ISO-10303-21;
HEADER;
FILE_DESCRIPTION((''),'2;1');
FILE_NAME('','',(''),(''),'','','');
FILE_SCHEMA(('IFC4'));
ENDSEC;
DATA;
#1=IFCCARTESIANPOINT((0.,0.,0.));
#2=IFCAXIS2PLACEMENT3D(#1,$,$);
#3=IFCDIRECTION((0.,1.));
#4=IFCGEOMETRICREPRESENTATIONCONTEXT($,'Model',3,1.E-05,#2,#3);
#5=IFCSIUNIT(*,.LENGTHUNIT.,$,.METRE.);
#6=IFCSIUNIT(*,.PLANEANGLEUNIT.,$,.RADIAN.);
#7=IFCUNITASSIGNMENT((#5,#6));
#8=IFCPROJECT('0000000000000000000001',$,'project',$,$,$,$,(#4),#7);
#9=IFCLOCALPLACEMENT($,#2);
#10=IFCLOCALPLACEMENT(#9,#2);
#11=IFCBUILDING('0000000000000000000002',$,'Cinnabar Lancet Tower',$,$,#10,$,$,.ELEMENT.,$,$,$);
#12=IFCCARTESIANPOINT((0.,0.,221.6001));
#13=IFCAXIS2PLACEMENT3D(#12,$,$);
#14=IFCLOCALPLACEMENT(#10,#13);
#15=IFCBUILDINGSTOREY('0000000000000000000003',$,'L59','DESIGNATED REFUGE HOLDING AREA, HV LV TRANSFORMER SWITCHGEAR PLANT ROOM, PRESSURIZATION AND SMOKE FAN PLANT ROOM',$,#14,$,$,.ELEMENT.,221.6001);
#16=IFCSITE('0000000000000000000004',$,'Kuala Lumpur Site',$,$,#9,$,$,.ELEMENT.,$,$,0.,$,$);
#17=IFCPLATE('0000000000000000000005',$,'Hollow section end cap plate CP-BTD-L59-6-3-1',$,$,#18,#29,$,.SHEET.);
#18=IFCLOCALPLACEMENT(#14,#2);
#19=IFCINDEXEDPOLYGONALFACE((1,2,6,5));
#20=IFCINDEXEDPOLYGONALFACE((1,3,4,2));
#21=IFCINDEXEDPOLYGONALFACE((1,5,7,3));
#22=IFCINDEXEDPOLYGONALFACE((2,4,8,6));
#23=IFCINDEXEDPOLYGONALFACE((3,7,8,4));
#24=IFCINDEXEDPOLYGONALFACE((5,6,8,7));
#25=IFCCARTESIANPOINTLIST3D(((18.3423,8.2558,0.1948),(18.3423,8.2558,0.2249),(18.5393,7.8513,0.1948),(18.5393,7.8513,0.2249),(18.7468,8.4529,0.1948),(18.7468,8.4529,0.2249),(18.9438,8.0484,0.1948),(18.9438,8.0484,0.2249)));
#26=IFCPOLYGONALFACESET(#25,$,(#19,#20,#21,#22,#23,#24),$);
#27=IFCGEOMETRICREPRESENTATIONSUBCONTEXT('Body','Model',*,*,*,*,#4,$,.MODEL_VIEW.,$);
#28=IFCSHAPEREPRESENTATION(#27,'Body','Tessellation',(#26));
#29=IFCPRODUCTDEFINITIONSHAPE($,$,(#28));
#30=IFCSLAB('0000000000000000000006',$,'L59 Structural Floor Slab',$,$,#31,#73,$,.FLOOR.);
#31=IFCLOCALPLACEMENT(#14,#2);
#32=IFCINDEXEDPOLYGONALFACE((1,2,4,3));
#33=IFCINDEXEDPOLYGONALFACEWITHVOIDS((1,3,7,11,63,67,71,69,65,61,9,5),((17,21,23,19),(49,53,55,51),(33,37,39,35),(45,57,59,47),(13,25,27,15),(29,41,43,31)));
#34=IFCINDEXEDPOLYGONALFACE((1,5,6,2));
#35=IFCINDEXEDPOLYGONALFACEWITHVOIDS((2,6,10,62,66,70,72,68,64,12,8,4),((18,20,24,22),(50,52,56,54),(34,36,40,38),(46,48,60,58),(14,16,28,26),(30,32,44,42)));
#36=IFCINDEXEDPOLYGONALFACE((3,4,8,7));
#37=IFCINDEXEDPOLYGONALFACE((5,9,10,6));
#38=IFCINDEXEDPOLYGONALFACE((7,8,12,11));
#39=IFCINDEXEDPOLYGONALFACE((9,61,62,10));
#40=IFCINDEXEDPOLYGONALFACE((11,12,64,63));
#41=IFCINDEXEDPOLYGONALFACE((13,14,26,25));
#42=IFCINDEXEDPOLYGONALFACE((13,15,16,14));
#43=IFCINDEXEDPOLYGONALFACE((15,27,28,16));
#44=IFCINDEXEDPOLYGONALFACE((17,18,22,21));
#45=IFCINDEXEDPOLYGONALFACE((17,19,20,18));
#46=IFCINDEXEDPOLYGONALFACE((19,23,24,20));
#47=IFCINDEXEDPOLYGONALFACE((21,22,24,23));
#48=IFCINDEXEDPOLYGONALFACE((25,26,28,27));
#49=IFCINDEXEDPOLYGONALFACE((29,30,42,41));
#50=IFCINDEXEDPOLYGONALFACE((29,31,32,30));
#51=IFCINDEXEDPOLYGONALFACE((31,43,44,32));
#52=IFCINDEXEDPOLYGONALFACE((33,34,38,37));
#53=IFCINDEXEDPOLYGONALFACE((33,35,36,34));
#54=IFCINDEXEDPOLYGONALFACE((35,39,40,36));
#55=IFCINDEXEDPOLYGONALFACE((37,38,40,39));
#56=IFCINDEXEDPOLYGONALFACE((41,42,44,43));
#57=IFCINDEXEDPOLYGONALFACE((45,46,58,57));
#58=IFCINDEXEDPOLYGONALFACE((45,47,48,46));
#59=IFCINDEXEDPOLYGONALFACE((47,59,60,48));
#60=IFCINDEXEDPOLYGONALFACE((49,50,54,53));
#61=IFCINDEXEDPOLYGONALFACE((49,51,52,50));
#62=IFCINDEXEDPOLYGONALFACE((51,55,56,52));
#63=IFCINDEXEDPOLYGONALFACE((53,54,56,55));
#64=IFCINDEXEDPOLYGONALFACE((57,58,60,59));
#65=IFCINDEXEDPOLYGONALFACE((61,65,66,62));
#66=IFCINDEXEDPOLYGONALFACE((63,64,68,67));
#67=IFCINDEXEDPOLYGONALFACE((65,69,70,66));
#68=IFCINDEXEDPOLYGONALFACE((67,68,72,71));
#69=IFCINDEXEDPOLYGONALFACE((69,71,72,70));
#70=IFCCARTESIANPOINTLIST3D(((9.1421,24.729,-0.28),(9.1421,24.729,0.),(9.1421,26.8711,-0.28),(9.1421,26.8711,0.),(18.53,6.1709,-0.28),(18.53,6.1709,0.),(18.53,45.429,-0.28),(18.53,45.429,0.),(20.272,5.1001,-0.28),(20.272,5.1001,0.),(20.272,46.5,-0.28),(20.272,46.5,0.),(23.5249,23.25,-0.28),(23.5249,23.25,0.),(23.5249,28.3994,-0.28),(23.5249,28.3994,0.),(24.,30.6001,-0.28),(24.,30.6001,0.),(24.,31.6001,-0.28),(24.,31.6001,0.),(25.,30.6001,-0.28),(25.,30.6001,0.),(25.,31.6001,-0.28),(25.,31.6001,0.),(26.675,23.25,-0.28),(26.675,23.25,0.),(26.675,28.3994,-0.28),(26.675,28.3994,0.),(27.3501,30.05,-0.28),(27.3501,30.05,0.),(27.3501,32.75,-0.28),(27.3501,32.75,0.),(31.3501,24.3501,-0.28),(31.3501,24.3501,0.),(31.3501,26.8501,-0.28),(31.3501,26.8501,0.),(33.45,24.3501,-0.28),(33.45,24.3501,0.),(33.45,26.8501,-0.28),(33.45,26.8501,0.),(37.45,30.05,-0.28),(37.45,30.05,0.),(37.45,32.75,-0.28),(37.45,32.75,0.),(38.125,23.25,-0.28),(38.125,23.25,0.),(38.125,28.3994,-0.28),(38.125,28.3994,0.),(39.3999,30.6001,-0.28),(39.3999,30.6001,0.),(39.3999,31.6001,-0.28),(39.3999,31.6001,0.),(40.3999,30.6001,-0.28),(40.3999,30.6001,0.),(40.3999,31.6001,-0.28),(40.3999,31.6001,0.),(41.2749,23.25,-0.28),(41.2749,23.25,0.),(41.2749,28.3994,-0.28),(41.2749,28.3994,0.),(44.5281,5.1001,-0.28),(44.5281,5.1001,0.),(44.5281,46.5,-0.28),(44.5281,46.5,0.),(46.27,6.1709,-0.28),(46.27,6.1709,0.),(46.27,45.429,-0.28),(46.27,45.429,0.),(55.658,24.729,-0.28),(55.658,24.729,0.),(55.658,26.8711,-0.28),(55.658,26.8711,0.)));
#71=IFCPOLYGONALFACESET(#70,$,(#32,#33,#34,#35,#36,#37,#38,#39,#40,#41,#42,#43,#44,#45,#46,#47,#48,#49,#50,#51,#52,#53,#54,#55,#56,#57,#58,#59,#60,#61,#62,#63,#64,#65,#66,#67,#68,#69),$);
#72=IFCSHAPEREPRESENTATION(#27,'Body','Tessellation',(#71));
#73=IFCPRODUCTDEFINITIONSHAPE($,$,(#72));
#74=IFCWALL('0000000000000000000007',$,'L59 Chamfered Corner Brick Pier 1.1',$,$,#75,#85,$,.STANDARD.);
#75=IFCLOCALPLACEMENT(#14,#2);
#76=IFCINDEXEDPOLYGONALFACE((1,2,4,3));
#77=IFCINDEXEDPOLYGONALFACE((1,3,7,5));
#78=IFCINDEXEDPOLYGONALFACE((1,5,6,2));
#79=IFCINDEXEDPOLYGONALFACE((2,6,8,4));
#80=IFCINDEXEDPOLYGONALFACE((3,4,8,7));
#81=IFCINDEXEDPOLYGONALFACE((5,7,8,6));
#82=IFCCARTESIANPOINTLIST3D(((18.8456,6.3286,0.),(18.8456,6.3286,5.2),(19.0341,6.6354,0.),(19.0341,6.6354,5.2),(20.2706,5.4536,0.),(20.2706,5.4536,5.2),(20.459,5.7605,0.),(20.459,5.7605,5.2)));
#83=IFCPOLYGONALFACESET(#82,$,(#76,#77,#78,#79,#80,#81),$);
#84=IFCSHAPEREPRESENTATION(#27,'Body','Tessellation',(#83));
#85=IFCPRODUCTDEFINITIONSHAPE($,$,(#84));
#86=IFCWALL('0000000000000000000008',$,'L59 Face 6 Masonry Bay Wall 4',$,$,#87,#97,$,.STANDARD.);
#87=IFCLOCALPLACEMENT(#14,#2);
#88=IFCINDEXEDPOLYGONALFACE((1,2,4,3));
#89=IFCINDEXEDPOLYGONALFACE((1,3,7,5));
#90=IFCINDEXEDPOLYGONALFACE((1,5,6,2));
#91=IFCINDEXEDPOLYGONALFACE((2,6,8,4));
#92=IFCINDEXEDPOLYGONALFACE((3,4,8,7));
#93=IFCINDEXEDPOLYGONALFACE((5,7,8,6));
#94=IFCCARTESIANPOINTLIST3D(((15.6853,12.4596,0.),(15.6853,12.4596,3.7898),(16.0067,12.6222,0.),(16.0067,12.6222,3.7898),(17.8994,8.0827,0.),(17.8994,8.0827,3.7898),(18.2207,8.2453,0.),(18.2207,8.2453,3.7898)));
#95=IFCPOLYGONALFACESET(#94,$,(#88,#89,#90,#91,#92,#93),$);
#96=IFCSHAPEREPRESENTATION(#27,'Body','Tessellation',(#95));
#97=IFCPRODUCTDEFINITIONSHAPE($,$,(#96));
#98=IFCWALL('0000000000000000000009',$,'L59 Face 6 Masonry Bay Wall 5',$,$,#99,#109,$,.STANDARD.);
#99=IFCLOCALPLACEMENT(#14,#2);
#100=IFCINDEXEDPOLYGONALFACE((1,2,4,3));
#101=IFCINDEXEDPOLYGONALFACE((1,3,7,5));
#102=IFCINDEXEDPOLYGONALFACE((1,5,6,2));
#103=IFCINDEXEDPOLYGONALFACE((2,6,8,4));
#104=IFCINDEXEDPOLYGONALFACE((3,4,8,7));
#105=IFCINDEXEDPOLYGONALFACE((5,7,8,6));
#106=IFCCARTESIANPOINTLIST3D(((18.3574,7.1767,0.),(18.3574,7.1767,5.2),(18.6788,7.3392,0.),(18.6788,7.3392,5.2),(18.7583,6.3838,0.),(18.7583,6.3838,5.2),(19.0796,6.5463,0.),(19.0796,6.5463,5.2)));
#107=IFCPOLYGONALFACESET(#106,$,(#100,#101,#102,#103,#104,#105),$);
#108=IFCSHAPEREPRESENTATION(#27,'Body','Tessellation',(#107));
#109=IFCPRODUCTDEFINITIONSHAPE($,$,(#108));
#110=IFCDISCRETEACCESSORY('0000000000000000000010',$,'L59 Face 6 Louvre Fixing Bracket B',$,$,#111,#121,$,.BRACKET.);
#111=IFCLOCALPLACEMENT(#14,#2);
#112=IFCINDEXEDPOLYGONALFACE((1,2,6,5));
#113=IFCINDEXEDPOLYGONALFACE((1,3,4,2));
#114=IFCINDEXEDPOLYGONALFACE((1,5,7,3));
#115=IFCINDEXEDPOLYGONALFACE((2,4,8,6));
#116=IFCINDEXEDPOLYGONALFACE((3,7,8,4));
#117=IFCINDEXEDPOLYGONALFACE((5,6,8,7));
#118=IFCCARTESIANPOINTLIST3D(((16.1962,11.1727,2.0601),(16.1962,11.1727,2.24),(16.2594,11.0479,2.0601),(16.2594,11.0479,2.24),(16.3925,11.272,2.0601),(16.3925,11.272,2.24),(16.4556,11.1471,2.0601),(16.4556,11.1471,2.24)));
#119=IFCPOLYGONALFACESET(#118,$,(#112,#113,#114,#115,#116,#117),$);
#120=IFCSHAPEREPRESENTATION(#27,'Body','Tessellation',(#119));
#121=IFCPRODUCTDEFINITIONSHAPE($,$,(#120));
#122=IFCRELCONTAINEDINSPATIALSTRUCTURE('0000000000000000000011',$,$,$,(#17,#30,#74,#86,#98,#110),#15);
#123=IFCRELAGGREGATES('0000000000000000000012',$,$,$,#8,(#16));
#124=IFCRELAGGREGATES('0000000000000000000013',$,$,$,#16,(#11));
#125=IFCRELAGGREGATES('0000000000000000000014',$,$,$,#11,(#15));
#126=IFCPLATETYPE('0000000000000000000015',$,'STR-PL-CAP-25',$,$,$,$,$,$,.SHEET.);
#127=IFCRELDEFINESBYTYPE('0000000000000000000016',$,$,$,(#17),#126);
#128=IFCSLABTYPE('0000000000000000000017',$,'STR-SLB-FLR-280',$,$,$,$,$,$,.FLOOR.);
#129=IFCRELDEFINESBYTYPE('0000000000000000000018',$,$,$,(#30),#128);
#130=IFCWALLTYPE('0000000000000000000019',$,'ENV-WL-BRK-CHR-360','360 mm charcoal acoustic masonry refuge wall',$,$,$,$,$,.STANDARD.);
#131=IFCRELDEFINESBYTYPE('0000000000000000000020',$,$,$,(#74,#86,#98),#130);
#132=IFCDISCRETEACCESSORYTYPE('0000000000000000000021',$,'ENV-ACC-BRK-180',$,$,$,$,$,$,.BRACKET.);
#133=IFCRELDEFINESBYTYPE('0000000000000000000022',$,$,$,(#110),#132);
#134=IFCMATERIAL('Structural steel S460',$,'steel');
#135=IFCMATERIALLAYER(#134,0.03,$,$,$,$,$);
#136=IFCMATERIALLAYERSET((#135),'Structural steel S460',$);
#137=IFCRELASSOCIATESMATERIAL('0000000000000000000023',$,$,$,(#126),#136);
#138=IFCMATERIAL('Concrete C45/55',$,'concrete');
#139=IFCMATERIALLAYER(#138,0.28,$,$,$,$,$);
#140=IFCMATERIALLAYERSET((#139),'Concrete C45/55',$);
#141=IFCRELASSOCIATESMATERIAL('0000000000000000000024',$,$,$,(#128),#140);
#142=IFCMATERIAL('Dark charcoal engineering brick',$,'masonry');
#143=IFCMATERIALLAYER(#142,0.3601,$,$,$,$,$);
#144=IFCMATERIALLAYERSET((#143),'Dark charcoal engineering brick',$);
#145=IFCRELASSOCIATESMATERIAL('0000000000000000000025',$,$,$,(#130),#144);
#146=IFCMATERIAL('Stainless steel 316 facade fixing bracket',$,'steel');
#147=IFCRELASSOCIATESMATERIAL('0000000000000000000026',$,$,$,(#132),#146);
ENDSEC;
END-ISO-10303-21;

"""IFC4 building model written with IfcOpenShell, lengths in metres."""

from ifc_helpers import new_model, si_unit, direction, frame, frame_2d, origin, origin_2d, place, context, subcontext, project, spatial, polyline, rectangle, outline, extrude, material, layer, layer_set, type_object, element, save


model = new_model("IFC4")

# Units and contexts
model_context = context("Model", 3, precision=1e-05, world=origin(), true_north=direction((0.0, 1.0)))
body_context = subcontext(model_context, "Body", "Model", "MODEL_VIEW")
ifc_project = project(units=[si_unit("LENGTHUNIT", "METRE"), si_unit("PLANEANGLEUNIT", "RADIAN")], contexts=[model_context])

# Site, building, storey
site_placement = place(None, origin())
site = spatial("IfcSite", under=ifc_project, at=site_placement, Name="Kuala Lumpur Site", CompositionType="ELEMENT", RefElevation=0.0)
building_placement = place(site_placement, origin())
building = spatial("IfcBuilding", under=site, at=building_placement, Name="Cinnabar Lancet Tower", CompositionType="ELEMENT")
storey_placement = place(building_placement, frame((0.0, 0.0, 221.6001)))
storey = spatial("IfcBuildingStorey", under=building, at=storey_placement, Name="L59", Description="DESIGNATED REFUGE HOLDING AREA, HV LV TRANSFORMER SWITCHGEAR PLANT ROOM, PRESSURIZATION AND SMOKE FAN PLANT ROOM", CompositionType="ELEMENT", Elevation=221.6001)

# Plate
ifc_material_1 = material(Name="Structural steel S460", Category="steel")
ifc_layer_1 = layer(ifc_material_1, 0.03)
ifc_layer_set_1 = layer_set([ifc_layer_1], Name="Structural steel S460")
plate_type = type_object("IfcPlateType", Name="STR-PL-CAP-25", PredefinedType="SHEET", material=ifc_layer_set_1)
for number, where, z_axis, x_axis, name in (
    (1, (18.6431, 8.1521, 0.1948), (0.0, 0.0, 1.0), (0.437963, -0.898993, 0.0), "Hollow section end cap plate CP-BTD-L59-6-3-1"),
):
    element("IfcPlate", number, at=place(storey_placement, frame(where, z_axis=z_axis, x_axis=x_axis)), inside=storey, type_object=plate_type, Name=name, PredefinedType="SHEET", context=body_context, shape_type="SweptSolid", body=[
        extrude(rectangle(XDim=0.45, YDim=0.45, at=origin_2d()), origin(), (0.0, 0.0, 1.0), 0.03),
    ])

# Slab
ifc_material_2 = material(Name="Concrete C45/55", Category="concrete")
ifc_layer_2 = layer(ifc_material_2, 0.28)
ifc_layer_set_2 = layer_set([ifc_layer_2], Name="Concrete C45/55")
slab_type_1 = type_object("IfcSlabType", Name="STR-SLB-FLR-280", PredefinedType="FLOOR", material=ifc_layer_set_2)
slab_1_placement = place(storey_placement, frame((0.0, 0.0, -0.28)))
element("IfcSlab", 2, at=slab_1_placement, inside=storey, type_object=slab_type_1, Name="L59 Structural Floor Slab", PredefinedType="FLOOR", context=body_context, shape_type="SweptSolid", body=[
    extrude(outline(polyline([(18.53, 6.1709), (20.272, 5.1001), (44.5281, 5.1001), (46.27, 6.1709), (55.658, 24.729), (55.658, 26.8711), (46.27, 45.429), (44.5281, 46.5), (20.272, 46.5), (18.53, 45.429), (9.1421, 26.8711), (9.1421, 24.729), (18.53, 6.1709)]), holes=[polyline([(23.5249, 23.25), (26.675, 23.25), (26.675, 28.3994), (23.5249, 28.3994), (23.5249, 23.25)]), polyline([(38.125, 23.25), (41.2749, 23.25), (41.2749, 28.3994), (38.125, 28.3994), (38.125, 23.25)]), polyline([(27.3501, 30.05), (37.45, 30.05), (37.45, 32.75), (27.3501, 32.75), (27.3501, 30.05)]), polyline([(31.3501, 24.3501), (33.45, 24.3501), (33.45, 26.8501), (31.3501, 26.8501), (31.3501, 24.3501)]), polyline([(24.0, 30.6001), (25.0, 30.6001), (25.0, 31.6001), (24.0, 31.6001), (24.0, 30.6001)]), polyline([(39.3999, 30.6001), (40.3999, 30.6001), (40.3999, 31.6001), (39.3999, 31.6001), (39.3999, 30.6001)])]), origin(), (0.0, 0.0, 1.0), 0.28),
])

# Walls
ifc_material_3 = material(Name="Dark charcoal engineering brick", Category="masonry")
ifc_layer_3 = layer(ifc_material_3, 0.3601)
ifc_layer_set_3 = layer_set([ifc_layer_3], Name="Dark charcoal engineering brick")
wall_type = type_object("IfcWallType", Name="ENV-WL-BRK-CHR-360", Description="360 mm charcoal acoustic masonry refuge wall", PredefinedType="STANDARD", material=ifc_layer_set_3)
wall_1_placement = place(storey_placement, frame((18.9399, 6.4819, 0.0), z_axis=(0.0, 0.0, 1.0), x_axis=(0.852179, -0.52325, 0.0)))
element("IfcWall", 3, at=wall_1_placement, inside=storey, type_object=wall_type, Name="L59 Chamfered Corner Brick Pier 1.1", PredefinedType="STANDARD", context=body_context, shape_type="SweptSolid", body=[
    extrude(rectangle(XDim=1.6721, YDim=0.3601, at=frame_2d((0.8359, 0.0))), origin(), (0.0, 0.0, 1.0), 5.2),
])
wall_2_placement = place(storey_placement, frame((15.8459, 12.541, 0.0), z_axis=(0.0, 0.0, 1.0), x_axis=(0.45139, -0.892327, 0.0)))
element("IfcWall", 4, at=wall_2_placement, inside=storey, type_object=wall_type, Name="L59 Face 6 Masonry Bay Wall 4", PredefinedType="STANDARD", context=body_context, shape_type="SweptSolid", body=[
    extrude(rectangle(XDim=4.905, YDim=0.3601, at=frame_2d((2.4526, 0.0))), origin(), (0.0, 0.0, 1.0), 3.7898),
])
wall_3_placement = place(storey_placement, frame((18.5181, 7.2581, 0.0), z_axis=(0.0, 0.0, 1.0), x_axis=(0.451166, -0.89244, 0.0)))
element("IfcWall", 5, at=wall_3_placement, inside=storey, type_object=wall_type, Name="L59 Face 6 Masonry Bay Wall 5", PredefinedType="STANDARD", context=body_context, shape_type="SweptSolid", body=[
    extrude(rectangle(XDim=0.8884, YDim=0.3601, at=frame_2d((0.4443, 0.0))), origin(), (0.0, 0.0, 1.0), 5.2),
])

# Discrete accessory
ifc_material_4 = material(Name="Stainless steel 316 facade fixing bracket", Category="steel")
discrete_accessory_type = type_object("IfcDiscreteAccessoryType", Name="ENV-ACC-BRK-180", PredefinedType="BRACKET", material=ifc_material_4)
discrete_accessory_placement = place(storey_placement, frame((16.3259, 11.1599, 2.0601), z_axis=(0.0, 0.0, 1.0), x_axis=(0.451376, -0.892334, 0.0)))
element("IfcDiscreteAccessory", 6, at=discrete_accessory_placement, inside=storey, type_object=discrete_accessory_type, Name="L59 Face 6 Louvre Fixing Bracket B", PredefinedType="BRACKET", context=body_context, shape_type="SweptSolid", body=[
    extrude(rectangle(XDim=0.1399, YDim=0.22, at=origin_2d()), origin(), (0.0, 0.0, 1.0), 0.1799),
])

save(model, "model.ifc")
